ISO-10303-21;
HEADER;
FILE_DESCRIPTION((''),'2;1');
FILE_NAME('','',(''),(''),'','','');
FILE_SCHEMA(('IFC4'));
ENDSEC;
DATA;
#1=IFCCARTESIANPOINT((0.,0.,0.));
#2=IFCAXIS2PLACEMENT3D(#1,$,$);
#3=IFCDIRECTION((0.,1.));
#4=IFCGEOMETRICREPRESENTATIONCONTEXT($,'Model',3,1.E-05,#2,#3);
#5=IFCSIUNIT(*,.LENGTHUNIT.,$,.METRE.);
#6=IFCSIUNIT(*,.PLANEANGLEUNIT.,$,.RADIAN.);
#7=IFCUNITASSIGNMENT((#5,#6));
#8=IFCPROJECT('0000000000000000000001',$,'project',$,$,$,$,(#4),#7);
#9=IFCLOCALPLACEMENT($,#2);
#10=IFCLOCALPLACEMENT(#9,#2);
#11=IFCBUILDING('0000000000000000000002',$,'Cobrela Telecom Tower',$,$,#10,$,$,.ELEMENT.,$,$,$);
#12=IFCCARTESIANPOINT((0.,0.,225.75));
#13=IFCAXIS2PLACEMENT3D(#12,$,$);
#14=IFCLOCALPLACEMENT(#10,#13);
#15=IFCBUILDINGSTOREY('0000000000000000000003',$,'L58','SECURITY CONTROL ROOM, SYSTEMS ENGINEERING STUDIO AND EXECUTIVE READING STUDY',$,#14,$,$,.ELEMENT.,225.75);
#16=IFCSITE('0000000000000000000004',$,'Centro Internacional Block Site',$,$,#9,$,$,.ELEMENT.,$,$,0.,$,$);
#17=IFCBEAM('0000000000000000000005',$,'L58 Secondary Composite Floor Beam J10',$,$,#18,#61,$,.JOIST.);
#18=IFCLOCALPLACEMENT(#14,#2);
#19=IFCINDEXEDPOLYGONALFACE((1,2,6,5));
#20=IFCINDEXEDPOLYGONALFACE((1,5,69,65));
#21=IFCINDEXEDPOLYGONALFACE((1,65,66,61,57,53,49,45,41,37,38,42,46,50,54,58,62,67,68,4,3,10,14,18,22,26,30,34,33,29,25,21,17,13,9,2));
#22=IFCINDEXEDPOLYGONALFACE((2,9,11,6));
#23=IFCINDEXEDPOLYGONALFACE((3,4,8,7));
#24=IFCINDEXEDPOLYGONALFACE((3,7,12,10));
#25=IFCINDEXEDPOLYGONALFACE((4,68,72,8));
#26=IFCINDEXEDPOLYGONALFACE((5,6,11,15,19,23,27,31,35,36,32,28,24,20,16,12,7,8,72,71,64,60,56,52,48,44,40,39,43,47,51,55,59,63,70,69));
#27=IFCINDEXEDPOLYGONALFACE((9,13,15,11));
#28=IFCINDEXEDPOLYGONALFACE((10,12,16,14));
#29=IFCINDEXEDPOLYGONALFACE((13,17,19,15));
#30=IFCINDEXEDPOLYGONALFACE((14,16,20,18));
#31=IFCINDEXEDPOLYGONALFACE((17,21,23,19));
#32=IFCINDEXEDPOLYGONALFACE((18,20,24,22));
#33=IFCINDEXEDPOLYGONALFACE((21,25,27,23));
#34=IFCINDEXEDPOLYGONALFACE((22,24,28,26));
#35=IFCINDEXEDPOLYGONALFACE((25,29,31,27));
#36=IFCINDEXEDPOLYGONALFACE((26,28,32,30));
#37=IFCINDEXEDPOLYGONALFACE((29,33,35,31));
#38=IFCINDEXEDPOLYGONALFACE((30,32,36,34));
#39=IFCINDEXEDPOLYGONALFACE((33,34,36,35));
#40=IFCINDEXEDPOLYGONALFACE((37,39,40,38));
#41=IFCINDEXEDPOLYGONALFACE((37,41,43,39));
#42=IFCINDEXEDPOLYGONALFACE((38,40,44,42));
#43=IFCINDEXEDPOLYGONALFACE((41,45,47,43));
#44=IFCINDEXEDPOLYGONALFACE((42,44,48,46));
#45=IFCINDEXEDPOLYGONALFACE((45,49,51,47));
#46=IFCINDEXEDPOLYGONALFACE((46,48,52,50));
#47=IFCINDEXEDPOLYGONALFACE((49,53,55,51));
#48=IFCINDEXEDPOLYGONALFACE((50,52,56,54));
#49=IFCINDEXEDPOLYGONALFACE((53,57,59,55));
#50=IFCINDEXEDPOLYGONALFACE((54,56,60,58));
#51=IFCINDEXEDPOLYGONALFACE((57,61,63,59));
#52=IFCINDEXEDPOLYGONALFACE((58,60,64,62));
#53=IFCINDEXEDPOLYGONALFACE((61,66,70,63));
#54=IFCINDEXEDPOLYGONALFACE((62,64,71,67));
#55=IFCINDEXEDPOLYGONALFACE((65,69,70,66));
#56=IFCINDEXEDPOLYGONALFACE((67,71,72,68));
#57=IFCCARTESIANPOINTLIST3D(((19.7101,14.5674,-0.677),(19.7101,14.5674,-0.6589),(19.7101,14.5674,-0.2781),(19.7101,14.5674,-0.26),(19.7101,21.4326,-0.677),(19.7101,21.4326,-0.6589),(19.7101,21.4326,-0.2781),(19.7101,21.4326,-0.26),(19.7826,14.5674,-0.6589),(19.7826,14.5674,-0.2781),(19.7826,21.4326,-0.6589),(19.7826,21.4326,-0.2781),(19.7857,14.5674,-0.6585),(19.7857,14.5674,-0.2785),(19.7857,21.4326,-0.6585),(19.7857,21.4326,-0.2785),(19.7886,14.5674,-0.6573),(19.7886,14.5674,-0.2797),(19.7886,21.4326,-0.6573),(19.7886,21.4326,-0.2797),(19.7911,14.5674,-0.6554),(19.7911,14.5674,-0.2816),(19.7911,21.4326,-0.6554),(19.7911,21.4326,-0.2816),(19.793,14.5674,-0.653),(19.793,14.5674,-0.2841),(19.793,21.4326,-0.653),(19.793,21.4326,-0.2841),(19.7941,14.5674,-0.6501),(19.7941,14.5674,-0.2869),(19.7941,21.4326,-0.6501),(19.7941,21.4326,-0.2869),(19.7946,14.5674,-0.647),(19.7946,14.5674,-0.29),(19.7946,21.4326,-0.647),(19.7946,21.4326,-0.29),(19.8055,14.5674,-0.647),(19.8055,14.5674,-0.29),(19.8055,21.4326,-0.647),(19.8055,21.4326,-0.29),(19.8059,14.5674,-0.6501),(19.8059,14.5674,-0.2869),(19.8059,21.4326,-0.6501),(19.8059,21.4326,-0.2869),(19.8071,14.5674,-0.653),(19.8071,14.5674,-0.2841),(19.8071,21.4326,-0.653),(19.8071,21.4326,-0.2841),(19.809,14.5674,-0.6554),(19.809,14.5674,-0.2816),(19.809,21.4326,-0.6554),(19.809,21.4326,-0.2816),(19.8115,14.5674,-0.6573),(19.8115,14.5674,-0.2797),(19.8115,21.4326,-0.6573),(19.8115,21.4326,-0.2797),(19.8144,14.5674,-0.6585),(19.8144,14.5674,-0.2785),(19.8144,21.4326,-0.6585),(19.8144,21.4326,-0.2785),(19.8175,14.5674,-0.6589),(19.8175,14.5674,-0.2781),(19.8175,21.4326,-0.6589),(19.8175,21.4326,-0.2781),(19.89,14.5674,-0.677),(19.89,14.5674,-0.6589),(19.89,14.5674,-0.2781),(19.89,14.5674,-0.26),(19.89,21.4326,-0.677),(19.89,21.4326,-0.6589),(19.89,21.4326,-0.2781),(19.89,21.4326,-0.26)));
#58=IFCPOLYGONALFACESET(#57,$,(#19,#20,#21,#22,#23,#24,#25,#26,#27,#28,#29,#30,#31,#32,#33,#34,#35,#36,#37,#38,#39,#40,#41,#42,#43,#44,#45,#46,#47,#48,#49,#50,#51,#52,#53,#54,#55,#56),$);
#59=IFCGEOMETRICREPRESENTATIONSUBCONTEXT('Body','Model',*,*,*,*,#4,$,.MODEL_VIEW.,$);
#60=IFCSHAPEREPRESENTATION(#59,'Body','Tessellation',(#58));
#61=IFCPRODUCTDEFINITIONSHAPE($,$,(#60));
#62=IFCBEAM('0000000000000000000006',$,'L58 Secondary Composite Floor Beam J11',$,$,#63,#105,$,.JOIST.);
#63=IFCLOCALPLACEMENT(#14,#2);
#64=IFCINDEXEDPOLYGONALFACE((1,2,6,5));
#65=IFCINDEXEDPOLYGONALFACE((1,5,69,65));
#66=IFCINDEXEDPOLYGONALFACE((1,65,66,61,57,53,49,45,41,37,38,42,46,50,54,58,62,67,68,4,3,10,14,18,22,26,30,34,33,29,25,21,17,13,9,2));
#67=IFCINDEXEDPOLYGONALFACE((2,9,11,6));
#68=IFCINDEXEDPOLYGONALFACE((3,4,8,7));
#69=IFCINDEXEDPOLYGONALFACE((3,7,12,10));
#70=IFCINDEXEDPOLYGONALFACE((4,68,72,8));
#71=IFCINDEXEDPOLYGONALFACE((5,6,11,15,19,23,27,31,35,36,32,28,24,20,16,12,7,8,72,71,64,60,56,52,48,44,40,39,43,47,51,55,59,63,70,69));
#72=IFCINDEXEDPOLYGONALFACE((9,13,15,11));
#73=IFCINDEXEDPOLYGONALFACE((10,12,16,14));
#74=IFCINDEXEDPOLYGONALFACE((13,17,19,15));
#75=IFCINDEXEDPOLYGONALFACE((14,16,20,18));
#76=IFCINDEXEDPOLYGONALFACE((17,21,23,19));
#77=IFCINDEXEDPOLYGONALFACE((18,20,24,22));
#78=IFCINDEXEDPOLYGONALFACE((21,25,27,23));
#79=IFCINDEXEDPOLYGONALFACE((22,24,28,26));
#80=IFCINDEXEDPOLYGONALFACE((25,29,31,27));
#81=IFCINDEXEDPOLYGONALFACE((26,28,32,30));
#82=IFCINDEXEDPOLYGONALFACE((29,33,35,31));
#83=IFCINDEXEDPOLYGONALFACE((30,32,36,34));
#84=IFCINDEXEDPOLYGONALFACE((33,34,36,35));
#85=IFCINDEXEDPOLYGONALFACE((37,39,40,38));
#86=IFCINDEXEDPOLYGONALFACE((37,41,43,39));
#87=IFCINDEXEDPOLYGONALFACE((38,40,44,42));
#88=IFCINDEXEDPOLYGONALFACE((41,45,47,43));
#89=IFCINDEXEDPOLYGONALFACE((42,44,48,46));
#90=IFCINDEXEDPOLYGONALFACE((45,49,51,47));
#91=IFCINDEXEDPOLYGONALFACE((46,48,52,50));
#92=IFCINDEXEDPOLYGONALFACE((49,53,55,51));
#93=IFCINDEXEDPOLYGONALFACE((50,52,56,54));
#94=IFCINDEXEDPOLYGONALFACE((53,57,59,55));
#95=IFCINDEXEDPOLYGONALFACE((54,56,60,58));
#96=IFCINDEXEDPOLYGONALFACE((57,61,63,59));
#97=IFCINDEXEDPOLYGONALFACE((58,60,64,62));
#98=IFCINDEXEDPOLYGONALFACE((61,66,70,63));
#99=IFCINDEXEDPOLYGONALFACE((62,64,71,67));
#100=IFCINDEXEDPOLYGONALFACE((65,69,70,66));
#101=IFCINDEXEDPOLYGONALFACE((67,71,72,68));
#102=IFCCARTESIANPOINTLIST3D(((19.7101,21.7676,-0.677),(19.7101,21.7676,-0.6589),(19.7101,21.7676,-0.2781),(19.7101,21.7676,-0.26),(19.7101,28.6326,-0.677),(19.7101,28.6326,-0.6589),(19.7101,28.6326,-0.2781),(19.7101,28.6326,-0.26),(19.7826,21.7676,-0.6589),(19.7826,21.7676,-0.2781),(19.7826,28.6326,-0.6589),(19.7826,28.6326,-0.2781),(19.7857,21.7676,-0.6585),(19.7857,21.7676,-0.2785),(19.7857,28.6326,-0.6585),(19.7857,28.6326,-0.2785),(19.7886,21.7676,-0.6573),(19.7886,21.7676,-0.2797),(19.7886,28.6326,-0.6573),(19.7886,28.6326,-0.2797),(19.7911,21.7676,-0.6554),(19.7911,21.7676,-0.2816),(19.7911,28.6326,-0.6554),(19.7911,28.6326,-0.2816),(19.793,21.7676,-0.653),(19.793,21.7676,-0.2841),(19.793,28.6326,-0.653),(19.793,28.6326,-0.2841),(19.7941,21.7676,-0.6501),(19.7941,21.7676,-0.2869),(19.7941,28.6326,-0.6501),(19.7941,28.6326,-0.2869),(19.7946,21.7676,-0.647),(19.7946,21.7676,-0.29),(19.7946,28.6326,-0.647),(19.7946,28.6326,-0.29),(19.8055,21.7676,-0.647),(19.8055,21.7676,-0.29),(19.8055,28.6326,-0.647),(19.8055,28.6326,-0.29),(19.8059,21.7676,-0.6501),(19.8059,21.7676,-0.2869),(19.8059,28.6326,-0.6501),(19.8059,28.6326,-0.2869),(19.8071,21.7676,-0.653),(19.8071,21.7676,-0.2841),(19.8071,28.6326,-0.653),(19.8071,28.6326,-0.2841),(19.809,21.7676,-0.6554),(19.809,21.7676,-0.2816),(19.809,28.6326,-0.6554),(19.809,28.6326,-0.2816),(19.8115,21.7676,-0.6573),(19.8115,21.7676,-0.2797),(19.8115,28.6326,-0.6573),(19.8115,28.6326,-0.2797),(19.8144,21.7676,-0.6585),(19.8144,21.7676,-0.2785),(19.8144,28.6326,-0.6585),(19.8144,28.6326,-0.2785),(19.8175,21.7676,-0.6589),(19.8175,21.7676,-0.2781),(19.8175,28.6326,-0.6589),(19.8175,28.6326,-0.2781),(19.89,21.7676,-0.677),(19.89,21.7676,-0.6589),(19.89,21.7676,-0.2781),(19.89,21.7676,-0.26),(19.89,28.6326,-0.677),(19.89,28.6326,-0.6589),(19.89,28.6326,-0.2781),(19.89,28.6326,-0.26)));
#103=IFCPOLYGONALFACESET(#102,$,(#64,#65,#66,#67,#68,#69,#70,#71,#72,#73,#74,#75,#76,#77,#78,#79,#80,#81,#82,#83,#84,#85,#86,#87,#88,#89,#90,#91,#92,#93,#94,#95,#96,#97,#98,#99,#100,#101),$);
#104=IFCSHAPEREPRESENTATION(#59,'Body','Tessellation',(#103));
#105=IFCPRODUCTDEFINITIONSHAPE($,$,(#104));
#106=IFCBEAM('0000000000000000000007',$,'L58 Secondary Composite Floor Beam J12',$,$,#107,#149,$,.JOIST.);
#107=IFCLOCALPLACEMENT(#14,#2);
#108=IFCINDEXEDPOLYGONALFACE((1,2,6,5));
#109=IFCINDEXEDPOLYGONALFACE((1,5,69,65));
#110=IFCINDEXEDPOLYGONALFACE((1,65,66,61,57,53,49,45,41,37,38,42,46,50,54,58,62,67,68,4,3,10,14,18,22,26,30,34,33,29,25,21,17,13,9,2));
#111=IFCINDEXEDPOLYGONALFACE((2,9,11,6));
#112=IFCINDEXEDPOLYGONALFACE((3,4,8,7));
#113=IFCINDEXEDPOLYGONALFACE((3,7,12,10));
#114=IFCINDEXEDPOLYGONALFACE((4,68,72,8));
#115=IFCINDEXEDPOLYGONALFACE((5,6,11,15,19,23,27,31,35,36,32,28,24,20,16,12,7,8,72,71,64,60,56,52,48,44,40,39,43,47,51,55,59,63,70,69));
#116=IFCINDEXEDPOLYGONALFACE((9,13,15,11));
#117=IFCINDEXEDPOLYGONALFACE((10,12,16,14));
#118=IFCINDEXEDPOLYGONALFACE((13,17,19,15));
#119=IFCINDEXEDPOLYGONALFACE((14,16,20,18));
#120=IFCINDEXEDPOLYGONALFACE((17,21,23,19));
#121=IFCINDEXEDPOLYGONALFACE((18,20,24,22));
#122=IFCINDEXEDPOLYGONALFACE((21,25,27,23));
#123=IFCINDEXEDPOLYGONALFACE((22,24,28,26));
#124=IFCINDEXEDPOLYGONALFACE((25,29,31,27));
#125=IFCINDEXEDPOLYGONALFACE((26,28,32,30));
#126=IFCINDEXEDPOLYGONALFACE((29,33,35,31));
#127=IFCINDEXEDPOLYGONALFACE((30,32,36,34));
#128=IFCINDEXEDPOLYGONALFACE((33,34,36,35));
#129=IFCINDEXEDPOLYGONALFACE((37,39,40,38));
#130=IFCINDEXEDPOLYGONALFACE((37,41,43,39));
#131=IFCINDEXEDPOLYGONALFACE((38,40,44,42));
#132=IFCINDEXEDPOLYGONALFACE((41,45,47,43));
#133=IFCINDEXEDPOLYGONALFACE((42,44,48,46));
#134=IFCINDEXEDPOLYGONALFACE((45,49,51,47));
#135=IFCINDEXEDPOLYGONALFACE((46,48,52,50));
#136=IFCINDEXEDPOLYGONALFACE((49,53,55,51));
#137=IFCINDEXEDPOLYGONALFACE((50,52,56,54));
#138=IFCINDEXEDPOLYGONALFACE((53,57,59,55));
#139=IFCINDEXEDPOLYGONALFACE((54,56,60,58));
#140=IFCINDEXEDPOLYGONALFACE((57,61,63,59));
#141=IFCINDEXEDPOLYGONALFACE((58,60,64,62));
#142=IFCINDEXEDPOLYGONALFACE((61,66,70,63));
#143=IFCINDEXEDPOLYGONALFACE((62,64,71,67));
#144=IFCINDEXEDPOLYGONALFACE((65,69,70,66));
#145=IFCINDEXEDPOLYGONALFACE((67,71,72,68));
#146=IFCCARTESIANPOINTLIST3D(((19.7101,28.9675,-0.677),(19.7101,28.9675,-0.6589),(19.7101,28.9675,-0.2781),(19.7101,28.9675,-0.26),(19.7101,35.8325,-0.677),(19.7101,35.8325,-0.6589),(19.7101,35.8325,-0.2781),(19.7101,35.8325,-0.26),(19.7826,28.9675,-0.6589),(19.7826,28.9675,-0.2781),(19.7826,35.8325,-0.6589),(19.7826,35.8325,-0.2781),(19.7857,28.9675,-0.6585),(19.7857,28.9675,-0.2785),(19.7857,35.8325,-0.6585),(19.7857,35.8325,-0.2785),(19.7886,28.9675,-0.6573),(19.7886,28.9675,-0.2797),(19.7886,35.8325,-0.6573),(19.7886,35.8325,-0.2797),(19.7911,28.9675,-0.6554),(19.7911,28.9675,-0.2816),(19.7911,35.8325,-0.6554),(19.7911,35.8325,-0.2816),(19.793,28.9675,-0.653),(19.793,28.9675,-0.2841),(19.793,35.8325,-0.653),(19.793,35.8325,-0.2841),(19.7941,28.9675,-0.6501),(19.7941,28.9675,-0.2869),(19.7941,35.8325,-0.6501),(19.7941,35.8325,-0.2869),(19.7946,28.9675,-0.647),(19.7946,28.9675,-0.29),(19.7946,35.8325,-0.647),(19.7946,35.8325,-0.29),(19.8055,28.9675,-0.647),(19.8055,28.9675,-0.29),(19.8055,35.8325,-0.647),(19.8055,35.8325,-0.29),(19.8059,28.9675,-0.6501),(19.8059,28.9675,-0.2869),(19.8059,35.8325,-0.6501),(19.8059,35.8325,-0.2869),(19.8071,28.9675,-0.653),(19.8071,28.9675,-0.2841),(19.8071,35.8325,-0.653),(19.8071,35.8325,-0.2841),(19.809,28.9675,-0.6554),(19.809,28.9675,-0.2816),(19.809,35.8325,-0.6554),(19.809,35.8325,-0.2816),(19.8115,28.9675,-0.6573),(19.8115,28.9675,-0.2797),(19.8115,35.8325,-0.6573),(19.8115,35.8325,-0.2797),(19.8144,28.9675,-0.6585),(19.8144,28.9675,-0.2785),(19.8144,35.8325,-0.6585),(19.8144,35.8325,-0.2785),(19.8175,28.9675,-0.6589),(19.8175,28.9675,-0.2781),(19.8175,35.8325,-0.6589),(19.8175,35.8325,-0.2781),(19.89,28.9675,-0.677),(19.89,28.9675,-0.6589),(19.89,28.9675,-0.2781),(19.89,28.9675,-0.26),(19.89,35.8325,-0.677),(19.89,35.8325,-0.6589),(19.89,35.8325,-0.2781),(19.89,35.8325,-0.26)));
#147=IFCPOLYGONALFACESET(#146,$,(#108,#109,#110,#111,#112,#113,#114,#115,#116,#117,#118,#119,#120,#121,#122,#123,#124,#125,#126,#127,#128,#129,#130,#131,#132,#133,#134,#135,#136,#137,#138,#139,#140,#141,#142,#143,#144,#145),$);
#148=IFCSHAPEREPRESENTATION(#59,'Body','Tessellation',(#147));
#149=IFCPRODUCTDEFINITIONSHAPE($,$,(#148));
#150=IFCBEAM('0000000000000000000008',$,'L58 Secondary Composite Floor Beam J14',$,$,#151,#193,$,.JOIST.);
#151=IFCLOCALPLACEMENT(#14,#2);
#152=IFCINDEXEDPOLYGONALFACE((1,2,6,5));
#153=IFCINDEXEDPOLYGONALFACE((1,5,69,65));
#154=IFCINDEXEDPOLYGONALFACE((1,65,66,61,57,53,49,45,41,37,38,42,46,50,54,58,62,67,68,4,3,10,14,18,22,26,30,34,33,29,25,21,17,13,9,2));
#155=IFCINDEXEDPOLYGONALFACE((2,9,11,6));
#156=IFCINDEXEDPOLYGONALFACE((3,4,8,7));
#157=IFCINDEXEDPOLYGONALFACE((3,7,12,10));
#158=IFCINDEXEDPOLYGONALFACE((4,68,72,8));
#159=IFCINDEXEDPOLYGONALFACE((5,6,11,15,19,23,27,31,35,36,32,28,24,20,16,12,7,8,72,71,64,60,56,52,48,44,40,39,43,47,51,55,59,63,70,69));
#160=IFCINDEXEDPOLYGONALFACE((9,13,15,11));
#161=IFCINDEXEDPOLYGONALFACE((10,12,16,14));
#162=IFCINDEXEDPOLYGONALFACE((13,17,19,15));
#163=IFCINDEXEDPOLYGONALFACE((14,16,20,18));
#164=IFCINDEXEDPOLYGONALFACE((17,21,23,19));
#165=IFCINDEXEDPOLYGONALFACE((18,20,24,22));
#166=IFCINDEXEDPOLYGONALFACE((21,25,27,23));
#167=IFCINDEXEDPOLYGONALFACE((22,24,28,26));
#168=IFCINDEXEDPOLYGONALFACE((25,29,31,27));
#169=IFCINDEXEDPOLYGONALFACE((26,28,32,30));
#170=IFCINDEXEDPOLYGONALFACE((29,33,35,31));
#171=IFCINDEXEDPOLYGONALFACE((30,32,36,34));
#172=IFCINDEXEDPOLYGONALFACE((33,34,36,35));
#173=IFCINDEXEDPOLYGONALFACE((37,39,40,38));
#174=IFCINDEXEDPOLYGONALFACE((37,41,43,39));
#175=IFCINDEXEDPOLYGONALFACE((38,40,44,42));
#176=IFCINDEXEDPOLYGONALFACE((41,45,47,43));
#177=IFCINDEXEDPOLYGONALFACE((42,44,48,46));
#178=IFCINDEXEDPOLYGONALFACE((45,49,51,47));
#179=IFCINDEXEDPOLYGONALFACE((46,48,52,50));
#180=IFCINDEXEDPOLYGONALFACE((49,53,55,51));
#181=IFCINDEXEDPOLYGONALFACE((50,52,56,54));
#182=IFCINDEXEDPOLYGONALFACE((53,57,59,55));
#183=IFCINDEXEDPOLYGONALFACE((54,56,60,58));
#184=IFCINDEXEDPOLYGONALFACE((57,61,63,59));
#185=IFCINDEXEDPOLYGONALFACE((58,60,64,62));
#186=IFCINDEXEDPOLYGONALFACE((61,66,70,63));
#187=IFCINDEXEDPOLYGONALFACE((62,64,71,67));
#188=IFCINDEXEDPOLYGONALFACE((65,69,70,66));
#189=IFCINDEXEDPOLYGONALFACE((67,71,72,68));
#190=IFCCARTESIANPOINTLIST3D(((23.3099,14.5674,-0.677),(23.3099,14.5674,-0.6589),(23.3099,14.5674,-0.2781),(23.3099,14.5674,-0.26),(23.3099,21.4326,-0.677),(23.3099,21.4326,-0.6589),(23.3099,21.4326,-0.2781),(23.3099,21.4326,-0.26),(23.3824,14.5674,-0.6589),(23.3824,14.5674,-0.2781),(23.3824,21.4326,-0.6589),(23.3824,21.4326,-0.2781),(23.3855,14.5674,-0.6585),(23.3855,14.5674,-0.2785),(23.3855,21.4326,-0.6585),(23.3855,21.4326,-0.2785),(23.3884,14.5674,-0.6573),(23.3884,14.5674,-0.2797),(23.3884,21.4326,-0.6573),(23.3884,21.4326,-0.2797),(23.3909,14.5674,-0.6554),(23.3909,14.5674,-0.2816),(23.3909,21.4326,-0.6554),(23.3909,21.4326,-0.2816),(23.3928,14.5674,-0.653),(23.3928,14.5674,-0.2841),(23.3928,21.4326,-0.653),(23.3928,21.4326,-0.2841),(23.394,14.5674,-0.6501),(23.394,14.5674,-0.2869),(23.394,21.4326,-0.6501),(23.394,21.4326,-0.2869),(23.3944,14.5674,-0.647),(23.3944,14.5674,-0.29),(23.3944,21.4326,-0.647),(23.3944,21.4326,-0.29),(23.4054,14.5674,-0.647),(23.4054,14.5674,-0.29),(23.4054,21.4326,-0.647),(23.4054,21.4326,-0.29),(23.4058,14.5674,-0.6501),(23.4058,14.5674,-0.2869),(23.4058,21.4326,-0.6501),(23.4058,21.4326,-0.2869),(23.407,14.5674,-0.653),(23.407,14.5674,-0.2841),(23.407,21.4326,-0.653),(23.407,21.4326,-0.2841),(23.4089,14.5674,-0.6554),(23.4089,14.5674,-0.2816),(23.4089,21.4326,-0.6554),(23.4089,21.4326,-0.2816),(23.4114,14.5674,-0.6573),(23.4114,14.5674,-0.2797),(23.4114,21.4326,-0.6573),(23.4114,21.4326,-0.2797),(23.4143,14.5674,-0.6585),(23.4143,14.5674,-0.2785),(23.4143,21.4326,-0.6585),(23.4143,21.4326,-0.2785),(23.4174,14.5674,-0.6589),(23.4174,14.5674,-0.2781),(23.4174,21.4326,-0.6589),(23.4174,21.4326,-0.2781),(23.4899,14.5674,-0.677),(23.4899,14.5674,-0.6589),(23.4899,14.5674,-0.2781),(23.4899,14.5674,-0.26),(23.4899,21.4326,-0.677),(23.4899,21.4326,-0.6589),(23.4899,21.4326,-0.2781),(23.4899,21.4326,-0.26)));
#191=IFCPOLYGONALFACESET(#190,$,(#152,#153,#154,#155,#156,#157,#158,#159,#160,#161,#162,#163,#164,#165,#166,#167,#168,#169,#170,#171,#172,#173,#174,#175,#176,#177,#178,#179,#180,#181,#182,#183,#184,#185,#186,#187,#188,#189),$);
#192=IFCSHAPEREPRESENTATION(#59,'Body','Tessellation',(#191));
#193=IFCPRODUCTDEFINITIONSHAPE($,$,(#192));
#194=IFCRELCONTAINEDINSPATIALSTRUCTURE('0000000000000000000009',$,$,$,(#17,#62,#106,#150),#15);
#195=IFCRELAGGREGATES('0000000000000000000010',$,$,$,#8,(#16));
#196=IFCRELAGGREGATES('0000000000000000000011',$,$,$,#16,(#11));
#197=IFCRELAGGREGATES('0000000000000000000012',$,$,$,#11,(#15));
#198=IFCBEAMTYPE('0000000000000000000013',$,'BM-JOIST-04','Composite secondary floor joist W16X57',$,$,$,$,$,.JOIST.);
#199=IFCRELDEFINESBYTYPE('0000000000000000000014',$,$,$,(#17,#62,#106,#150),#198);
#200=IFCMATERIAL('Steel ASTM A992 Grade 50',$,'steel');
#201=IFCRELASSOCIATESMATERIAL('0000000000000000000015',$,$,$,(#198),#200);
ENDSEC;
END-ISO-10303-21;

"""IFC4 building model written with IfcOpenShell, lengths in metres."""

from ifc_helpers import new_model, si_unit, direction, frame, origin, origin_2d, place, context, subcontext, project, spatial, i_section, extrude, material, material_profile, profile_set, type_object, element, save


model = new_model("IFC4")

# Units and contexts
model_context = context("Model", 3, precision=1e-05, world=origin(), true_north=direction((0.0, 1.0)))
body_context = subcontext(model_context, "Body", "Model", "MODEL_VIEW")
ifc_project = project(units=[si_unit("LENGTHUNIT", "METRE"), si_unit("PLANEANGLEUNIT", "RADIAN")], contexts=[model_context])

# Site, building, storey
site_placement = place(None, origin())
site = spatial("IfcSite", under=ifc_project, at=site_placement, Name="Centro Internacional Block Site", CompositionType="ELEMENT", RefElevation=0.0)
building_placement = place(site_placement, origin())
building = spatial("IfcBuilding", under=site, at=building_placement, Name="Cobrela Telecom Tower", CompositionType="ELEMENT")
storey_placement = place(building_placement, frame((0.0, 0.0, 225.75)))
storey = spatial("IfcBuildingStorey", under=building, at=storey_placement, Name="L58", Description="SECURITY CONTROL ROOM, SYSTEMS ENGINEERING STUDIO AND EXECUTIVE READING STUDY", CompositionType="ELEMENT", Elevation=225.75)

# Shared definitions
ifc_material_1 = material(Name="Steel ASTM A992 Grade 50", Category="steel")

# Beams
ifc_material_profile_1 = material_profile(ifc_material_1, i_section(OverallWidth=0.1799, OverallDepth=0.417, WebThickness=0.011, FlangeThickness=0.0181, FilletRadius=0.012, at=origin_2d()), Name="W16X57")
ifc_profile_set_1 = profile_set([ifc_material_profile_1], Name="Steel ASTM A992 Grade 50")
beam_type_1 = type_object("IfcBeamType", Name="BM-JOIST-04", Description="Composite secondary floor joist W16X57", PredefinedType="JOIST", material=ifc_profile_set_1)
beam_1_placement = place(storey_placement, frame((19.8, 14.5674, -0.4685), z_axis=(0.0, 1.0, 0.0), x_axis=(-1.0, 0.0, 0.0)))
element("IfcBeam", 1, at=beam_1_placement, inside=storey, type_object=beam_type_1, Name="L58 Secondary Composite Floor Beam J10", PredefinedType="JOIST", context=body_context, shape_type="SweptSolid", body=[
    extrude(i_section(OverallWidth=0.1799, OverallDepth=0.417, WebThickness=0.011, FlangeThickness=0.0181, FilletRadius=0.012, at=origin_2d()), origin(), (0.0, 0.0, 1.0), 6.8652),
])
for number, where, z_axis, x_axis, name in (
    (2, (19.8, 21.7676, -0.4685), (0.0, 1.0, 0.0), (-1.0, 0.0, 0.0), "L58 Secondary Composite Floor Beam J11"),
    (3, (19.8, 28.9675, -0.4685), (0.0, 1.0, 0.0), (-1.0, 0.0, 0.0), "L58 Secondary Composite Floor Beam J12"),
):
    element("IfcBeam", number, at=place(storey_placement, frame(where, z_axis=z_axis, x_axis=x_axis)), inside=storey, type_object=beam_type_1, Name=name, PredefinedType="JOIST", context=body_context, shape_type="SweptSolid", body=[
        extrude(i_section(OverallWidth=0.1799, OverallDepth=0.417, WebThickness=0.011, FlangeThickness=0.0181, FilletRadius=0.012, at=origin_2d()), origin(), (0.0, 0.0, 1.0), 6.865),
    ])
for number, where, z_axis, x_axis, name in (
    (4, (23.3999, 14.5674, -0.4685), (0.0, 1.0, 0.0), (-1.0, 0.0, 0.0), "L58 Secondary Composite Floor Beam J14"),
):
    element("IfcBeam", number, at=place(storey_placement, frame(where, z_axis=z_axis, x_axis=x_axis)), inside=storey, type_object=beam_type_1, Name=name, PredefinedType="JOIST", context=body_context, shape_type="SweptSolid", body=[
        extrude(i_section(OverallWidth=0.1799, OverallDepth=0.417, WebThickness=0.011, FlangeThickness=0.0181, FilletRadius=0.012, at=origin_2d()), origin(), (0.0, 0.0, 1.0), 6.8652),
    ])

save(model, "model.ifc")
